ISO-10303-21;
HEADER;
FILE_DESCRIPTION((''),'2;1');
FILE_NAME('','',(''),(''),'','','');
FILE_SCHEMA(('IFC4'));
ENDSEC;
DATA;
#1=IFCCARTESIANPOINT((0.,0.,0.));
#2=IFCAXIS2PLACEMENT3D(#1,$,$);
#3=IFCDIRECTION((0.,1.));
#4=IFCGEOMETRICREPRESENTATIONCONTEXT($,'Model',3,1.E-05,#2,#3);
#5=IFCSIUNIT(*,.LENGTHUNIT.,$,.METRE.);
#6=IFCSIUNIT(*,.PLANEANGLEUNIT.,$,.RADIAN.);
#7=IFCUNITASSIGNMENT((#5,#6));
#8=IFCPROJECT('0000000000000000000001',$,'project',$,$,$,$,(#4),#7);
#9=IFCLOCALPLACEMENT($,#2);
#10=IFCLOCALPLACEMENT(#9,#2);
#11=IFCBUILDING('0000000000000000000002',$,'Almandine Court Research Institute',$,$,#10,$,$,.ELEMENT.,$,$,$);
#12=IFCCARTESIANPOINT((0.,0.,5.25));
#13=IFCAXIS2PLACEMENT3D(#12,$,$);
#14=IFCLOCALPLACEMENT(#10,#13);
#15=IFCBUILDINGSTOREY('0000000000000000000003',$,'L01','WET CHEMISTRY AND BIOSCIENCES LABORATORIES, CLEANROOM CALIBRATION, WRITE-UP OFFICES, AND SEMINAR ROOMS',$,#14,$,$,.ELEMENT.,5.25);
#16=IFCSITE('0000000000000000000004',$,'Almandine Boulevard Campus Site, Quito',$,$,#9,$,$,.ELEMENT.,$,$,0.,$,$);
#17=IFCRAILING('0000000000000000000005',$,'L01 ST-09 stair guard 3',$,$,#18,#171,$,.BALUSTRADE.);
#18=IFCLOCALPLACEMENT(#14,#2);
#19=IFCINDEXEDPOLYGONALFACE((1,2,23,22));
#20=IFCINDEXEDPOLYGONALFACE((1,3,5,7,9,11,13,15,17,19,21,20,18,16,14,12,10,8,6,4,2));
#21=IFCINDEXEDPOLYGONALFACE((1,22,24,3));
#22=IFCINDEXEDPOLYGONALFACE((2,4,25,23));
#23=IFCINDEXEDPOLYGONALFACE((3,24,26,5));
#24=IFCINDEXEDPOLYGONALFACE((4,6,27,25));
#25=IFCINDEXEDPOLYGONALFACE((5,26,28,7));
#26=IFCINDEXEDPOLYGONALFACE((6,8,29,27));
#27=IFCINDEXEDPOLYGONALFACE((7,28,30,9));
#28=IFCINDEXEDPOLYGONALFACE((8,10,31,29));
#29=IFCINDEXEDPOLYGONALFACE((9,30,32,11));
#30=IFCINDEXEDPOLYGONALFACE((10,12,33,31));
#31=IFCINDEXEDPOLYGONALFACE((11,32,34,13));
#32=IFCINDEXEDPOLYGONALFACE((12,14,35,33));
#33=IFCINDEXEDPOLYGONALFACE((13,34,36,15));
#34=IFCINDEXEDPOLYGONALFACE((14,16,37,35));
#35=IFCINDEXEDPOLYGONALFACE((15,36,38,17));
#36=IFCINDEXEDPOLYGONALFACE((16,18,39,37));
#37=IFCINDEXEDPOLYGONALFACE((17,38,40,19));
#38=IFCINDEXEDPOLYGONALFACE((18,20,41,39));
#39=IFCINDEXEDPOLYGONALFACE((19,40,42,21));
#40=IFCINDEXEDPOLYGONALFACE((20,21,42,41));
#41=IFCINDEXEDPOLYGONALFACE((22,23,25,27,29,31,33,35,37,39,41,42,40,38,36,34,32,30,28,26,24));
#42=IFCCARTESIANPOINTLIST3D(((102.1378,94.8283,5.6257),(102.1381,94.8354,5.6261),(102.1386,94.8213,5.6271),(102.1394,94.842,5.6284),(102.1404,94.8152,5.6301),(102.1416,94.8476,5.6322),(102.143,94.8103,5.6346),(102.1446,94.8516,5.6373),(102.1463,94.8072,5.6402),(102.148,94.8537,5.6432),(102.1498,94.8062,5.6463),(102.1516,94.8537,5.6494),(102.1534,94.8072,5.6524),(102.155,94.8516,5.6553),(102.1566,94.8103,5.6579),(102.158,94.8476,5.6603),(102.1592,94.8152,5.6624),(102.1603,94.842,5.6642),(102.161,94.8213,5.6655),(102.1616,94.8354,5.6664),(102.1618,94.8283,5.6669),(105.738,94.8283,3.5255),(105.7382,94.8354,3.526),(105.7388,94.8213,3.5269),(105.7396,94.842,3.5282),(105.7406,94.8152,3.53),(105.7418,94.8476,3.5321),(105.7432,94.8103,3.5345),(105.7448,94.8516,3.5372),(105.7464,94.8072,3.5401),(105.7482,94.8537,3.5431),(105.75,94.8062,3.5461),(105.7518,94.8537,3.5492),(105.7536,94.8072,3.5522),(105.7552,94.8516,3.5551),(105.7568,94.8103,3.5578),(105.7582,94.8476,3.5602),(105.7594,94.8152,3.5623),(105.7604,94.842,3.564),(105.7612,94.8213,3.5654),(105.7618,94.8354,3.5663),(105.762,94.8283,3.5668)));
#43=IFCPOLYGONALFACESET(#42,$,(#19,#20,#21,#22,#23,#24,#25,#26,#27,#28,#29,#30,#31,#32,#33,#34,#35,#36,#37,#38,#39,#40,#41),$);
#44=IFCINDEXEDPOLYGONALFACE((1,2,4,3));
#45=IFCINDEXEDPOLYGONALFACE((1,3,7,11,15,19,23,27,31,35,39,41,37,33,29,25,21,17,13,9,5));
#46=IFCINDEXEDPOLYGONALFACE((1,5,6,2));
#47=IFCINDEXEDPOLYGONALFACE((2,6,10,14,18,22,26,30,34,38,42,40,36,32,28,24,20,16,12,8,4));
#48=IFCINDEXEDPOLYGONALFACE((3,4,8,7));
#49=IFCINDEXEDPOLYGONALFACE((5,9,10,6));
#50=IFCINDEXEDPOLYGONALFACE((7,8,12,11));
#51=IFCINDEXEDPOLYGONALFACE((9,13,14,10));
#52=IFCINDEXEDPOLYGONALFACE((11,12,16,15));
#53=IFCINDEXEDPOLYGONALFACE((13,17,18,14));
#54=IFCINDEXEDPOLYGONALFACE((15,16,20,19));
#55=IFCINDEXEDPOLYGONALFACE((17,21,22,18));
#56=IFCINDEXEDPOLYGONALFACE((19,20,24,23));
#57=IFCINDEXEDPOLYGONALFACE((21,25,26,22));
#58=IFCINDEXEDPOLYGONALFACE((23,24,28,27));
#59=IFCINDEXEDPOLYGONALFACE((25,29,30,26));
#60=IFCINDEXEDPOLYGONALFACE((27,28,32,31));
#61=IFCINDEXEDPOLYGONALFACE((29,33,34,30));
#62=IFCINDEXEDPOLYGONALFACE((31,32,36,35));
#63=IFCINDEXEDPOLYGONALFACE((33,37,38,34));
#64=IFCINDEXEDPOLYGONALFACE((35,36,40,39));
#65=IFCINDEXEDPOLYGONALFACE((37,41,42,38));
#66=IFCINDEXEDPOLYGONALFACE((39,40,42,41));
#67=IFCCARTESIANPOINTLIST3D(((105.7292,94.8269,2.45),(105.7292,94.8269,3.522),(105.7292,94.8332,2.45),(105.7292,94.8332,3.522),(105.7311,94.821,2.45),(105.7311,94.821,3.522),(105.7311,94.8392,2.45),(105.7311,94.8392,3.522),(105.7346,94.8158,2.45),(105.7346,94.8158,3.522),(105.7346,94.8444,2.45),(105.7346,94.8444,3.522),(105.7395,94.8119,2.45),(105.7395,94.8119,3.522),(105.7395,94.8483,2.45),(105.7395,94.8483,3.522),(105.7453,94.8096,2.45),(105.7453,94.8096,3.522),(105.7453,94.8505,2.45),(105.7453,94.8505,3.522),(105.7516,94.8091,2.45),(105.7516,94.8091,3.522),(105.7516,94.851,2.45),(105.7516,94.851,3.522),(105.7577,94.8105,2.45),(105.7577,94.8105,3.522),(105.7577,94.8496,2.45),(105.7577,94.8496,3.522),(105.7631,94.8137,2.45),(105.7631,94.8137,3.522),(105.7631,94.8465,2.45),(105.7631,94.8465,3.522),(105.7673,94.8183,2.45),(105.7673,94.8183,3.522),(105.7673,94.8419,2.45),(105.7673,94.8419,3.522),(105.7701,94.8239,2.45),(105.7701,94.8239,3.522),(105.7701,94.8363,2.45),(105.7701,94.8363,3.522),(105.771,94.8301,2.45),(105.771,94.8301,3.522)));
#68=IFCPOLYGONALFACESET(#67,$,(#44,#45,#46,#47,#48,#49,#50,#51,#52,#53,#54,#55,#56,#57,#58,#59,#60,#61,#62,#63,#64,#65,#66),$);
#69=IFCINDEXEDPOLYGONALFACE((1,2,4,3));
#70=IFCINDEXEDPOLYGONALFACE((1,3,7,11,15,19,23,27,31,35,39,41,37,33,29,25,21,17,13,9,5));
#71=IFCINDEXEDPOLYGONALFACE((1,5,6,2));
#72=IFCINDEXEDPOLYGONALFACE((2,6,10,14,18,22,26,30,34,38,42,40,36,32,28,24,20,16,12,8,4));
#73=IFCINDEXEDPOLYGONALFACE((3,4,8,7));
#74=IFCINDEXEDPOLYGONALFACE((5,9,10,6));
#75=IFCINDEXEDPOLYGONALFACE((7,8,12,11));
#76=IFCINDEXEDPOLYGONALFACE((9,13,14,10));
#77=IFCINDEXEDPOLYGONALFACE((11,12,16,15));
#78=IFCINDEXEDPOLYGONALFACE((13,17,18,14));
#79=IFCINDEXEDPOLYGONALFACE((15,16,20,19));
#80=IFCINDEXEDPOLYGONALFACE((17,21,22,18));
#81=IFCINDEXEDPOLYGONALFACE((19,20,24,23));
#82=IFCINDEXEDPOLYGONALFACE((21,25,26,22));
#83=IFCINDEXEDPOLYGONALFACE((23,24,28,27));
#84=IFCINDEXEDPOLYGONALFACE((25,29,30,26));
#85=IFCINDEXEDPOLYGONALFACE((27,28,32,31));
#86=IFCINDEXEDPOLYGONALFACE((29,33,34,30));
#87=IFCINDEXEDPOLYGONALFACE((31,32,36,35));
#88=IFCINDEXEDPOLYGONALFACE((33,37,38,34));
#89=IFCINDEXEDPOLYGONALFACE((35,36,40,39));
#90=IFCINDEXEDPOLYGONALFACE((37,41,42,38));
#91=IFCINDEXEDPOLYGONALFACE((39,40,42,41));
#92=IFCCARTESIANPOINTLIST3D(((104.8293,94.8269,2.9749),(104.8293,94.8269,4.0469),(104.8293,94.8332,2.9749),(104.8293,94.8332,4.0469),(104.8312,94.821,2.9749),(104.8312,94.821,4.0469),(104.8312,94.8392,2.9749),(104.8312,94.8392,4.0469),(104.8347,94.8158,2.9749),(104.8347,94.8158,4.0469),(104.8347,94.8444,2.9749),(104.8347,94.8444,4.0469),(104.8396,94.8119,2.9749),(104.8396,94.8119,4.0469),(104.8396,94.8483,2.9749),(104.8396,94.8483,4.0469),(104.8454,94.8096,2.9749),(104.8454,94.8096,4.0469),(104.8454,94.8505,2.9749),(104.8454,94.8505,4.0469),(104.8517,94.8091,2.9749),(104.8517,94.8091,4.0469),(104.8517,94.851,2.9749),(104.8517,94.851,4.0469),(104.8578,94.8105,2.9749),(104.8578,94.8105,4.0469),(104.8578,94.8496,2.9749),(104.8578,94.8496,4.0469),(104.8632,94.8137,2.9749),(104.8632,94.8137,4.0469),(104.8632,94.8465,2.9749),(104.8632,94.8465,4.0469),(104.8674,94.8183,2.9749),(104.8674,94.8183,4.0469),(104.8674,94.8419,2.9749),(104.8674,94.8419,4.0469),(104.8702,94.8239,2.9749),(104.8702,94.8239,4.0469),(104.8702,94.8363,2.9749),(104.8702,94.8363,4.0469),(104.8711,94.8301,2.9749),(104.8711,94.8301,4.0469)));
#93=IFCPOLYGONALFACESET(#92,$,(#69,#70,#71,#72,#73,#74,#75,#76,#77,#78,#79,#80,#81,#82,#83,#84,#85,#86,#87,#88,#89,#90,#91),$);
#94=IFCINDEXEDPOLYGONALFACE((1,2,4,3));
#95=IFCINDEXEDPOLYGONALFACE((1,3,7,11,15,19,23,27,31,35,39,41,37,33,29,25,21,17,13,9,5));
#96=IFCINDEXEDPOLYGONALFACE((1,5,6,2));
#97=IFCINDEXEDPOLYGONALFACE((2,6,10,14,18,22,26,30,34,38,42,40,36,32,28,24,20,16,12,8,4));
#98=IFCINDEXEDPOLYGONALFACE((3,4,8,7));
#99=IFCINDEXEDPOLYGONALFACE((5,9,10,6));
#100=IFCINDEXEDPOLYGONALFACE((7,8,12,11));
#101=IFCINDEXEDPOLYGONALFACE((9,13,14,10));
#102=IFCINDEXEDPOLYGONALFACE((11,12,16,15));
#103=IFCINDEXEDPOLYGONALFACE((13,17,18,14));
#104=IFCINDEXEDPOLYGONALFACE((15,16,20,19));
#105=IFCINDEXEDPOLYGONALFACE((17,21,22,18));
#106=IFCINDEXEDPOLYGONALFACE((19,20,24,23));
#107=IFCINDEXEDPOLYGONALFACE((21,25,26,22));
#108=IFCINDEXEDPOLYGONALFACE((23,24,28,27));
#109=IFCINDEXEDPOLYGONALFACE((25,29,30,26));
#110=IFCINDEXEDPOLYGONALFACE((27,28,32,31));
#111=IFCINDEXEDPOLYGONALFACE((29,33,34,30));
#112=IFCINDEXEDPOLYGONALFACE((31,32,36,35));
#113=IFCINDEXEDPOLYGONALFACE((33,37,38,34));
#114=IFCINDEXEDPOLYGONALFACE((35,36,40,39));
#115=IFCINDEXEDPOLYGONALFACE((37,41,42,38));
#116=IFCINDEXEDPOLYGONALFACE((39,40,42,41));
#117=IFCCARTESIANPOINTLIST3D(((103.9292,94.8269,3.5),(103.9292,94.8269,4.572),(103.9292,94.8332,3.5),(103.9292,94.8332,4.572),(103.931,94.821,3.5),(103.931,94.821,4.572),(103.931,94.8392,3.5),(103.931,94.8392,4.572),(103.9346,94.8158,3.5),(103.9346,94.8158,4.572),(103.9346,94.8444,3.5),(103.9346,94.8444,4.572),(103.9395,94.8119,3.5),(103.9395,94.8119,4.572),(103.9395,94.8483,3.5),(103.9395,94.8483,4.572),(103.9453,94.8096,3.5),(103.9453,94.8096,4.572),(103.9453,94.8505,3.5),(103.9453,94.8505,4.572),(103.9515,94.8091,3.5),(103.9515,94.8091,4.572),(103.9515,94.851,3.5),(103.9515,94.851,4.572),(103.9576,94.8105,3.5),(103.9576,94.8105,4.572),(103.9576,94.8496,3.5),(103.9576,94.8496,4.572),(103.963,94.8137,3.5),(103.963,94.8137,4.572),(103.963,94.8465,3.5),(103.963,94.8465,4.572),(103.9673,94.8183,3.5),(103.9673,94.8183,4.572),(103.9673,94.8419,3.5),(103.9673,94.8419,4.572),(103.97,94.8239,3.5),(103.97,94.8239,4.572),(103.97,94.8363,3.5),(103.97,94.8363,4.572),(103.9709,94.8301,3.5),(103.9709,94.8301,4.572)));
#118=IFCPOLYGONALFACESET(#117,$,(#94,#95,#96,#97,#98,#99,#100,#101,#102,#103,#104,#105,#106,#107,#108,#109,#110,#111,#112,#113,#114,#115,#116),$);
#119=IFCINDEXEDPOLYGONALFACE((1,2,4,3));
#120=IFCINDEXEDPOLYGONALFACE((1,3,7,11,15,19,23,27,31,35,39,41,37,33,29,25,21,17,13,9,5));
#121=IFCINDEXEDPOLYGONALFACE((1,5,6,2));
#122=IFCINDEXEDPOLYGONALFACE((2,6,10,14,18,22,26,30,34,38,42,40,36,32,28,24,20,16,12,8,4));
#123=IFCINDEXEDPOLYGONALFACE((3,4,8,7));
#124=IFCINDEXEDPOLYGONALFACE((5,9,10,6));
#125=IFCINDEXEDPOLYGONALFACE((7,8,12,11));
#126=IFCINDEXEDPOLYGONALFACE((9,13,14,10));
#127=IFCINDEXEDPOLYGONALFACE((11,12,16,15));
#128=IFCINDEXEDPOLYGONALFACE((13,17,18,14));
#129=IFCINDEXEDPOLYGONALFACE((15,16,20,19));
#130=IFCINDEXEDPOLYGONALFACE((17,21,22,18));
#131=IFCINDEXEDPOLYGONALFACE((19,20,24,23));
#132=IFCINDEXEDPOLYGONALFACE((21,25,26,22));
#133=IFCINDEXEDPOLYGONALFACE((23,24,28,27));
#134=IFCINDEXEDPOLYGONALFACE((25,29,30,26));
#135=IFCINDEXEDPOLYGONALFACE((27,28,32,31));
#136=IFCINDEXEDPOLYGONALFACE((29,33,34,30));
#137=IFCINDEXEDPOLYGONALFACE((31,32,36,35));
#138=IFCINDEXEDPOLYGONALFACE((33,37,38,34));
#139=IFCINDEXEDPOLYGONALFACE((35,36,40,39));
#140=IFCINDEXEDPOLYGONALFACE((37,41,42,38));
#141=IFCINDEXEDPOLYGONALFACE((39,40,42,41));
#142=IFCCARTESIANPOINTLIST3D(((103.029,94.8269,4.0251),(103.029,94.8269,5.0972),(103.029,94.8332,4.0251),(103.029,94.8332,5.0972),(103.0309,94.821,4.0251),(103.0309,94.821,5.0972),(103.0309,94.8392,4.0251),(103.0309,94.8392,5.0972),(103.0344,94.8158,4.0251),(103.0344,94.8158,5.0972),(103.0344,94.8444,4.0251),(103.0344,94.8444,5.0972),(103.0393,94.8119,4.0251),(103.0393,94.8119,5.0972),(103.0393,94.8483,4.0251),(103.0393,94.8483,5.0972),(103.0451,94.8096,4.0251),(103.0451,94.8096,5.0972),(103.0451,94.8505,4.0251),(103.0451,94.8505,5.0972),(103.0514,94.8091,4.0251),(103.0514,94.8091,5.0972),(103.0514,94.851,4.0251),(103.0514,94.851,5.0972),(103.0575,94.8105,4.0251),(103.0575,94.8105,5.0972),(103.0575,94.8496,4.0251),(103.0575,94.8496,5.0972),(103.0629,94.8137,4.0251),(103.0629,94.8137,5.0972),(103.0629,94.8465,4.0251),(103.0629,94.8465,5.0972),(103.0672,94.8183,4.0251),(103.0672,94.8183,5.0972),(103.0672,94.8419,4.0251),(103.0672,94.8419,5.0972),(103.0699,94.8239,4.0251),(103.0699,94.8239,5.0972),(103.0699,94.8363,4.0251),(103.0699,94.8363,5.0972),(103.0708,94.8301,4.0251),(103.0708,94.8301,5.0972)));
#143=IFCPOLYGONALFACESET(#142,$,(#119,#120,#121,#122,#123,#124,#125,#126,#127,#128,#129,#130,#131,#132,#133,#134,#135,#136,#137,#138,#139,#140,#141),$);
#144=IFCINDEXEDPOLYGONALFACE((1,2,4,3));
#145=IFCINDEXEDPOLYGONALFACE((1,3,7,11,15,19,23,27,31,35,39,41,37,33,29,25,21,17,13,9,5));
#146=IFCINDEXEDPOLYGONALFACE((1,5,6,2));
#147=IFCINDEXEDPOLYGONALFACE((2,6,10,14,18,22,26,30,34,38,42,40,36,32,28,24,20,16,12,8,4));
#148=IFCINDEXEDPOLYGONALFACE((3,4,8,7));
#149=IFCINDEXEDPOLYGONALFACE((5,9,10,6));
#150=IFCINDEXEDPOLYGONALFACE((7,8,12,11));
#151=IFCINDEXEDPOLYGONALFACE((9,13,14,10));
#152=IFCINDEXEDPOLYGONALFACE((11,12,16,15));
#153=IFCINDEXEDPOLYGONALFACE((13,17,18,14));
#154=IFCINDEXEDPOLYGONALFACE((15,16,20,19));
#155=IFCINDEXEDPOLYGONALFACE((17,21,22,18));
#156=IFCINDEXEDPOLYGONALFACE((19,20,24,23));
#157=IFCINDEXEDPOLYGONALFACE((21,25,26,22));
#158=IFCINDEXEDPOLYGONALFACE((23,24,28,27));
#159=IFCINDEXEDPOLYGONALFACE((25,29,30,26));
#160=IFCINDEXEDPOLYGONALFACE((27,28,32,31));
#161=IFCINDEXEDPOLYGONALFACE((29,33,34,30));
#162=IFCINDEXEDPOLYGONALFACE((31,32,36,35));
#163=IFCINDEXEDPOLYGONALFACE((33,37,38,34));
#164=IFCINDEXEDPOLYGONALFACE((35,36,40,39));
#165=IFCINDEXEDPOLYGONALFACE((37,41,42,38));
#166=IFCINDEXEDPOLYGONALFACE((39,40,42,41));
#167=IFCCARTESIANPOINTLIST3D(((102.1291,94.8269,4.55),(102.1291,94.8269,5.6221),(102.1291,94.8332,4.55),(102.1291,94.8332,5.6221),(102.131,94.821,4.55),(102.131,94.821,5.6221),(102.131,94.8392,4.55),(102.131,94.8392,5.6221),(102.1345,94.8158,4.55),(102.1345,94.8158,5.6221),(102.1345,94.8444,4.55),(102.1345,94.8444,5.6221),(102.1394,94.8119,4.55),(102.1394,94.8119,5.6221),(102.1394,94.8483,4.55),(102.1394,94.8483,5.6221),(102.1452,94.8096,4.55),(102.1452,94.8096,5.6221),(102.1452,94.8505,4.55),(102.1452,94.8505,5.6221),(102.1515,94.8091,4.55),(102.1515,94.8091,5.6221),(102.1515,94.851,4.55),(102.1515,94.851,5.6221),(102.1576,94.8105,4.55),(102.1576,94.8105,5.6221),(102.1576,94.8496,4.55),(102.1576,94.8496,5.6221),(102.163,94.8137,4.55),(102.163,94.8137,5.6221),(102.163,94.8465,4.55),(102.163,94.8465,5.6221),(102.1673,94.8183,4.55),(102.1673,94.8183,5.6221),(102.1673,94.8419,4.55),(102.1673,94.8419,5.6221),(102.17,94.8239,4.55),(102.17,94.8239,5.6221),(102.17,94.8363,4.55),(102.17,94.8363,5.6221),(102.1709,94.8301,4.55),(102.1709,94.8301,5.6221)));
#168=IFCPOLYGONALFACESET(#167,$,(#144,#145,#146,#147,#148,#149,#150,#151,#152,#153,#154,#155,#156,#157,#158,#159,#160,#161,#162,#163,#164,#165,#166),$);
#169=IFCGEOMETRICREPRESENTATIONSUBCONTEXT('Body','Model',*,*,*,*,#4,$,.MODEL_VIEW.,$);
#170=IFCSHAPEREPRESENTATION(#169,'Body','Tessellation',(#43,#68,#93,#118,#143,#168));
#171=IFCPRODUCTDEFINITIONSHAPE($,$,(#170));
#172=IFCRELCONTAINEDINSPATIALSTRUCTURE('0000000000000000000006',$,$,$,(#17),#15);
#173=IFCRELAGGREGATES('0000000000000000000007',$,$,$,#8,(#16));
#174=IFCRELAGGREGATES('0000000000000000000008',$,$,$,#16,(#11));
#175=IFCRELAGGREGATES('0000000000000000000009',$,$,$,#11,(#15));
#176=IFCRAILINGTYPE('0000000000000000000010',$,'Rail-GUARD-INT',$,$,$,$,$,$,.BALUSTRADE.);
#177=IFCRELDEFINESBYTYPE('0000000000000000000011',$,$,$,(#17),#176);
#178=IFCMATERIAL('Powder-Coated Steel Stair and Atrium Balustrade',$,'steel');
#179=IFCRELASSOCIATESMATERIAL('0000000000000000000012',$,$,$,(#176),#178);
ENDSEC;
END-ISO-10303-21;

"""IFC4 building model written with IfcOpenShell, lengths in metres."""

from ifc_helpers import new_model, si_unit, direction, frame, origin, origin_2d, place, context, subcontext, project, spatial, circle, extrude, material, type_object, element, save


model = new_model("IFC4")

# Units and contexts
model_context = context("Model", 3, precision=1e-05, world=origin(), true_north=direction((0.0, 1.0)))
body_context = subcontext(model_context, "Body", "Model", "MODEL_VIEW")
ifc_project = project(units=[si_unit("LENGTHUNIT", "METRE"), si_unit("PLANEANGLEUNIT", "RADIAN")], contexts=[model_context])

# Site, building, storey
site_placement = place(None, origin())
site = spatial("IfcSite", under=ifc_project, at=site_placement, Name="Almandine Boulevard Campus Site, Quito", CompositionType="ELEMENT", RefElevation=0.0)
building_placement = place(site_placement, origin())
building = spatial("IfcBuilding", under=site, at=building_placement, Name="Almandine Court Research Institute", CompositionType="ELEMENT")
storey_placement = place(building_placement, frame((0.0, 0.0, 5.25)))
storey = spatial("IfcBuildingStorey", under=building, at=storey_placement, Name="L01", Description="WET CHEMISTRY AND BIOSCIENCES LABORATORIES, CLEANROOM CALIBRATION, WRITE-UP OFFICES, AND SEMINAR ROOMS", CompositionType="ELEMENT", Elevation=5.25)

# Railing
ifc_material_1 = material(Name="Powder-Coated Steel Stair and Atrium Balustrade", Category="steel")
railing_type_1 = type_object("IfcRailingType", Name="Rail-GUARD-INT", PredefinedType="BALUSTRADE", material=ifc_material_1)
railing_1_placement = place(storey_placement, frame((105.75, 94.8301, 2.45)))
element("IfcRailing", 1, at=railing_1_placement, inside=storey, type_object=railing_type_1, Name="L01 ST-09 stair guard 3", PredefinedType="BALUSTRADE", context=body_context, shape_type="SweptSolid", body=[
    extrude(circle(Radius=0.0239, at=origin_2d()), frame((0.0, 0.0, 1.0962), z_axis=(-0.863775, 0.0, 0.503878), x_axis=(0.0, -1.0, 0.0)), (0.0, 0.0, 1.0), 4.168),
    extrude(circle(Radius=0.021, at=origin_2d()), origin(), (0.0, 0.0, 1.0), 1.072),
    extrude(circle(Radius=0.021, at=origin_2d()), frame((-0.8999, 0.0, 0.5249)), (0.0, 0.0, 1.0), 1.072),
    extrude(circle(Radius=0.021, at=origin_2d()), frame((-1.8, 0.0, 1.05)), (0.0, 0.0, 1.0), 1.072),
    extrude(circle(Radius=0.021, at=origin_2d()), frame((-2.7002, 0.0, 1.5752)), (0.0, 0.0, 1.0), 1.072),
    extrude(circle(Radius=0.021, at=origin_2d()), frame((-3.6001, 0.0, 2.1001)), (0.0, 0.0, 1.0), 1.072),
])

save(model, "model.ifc")
